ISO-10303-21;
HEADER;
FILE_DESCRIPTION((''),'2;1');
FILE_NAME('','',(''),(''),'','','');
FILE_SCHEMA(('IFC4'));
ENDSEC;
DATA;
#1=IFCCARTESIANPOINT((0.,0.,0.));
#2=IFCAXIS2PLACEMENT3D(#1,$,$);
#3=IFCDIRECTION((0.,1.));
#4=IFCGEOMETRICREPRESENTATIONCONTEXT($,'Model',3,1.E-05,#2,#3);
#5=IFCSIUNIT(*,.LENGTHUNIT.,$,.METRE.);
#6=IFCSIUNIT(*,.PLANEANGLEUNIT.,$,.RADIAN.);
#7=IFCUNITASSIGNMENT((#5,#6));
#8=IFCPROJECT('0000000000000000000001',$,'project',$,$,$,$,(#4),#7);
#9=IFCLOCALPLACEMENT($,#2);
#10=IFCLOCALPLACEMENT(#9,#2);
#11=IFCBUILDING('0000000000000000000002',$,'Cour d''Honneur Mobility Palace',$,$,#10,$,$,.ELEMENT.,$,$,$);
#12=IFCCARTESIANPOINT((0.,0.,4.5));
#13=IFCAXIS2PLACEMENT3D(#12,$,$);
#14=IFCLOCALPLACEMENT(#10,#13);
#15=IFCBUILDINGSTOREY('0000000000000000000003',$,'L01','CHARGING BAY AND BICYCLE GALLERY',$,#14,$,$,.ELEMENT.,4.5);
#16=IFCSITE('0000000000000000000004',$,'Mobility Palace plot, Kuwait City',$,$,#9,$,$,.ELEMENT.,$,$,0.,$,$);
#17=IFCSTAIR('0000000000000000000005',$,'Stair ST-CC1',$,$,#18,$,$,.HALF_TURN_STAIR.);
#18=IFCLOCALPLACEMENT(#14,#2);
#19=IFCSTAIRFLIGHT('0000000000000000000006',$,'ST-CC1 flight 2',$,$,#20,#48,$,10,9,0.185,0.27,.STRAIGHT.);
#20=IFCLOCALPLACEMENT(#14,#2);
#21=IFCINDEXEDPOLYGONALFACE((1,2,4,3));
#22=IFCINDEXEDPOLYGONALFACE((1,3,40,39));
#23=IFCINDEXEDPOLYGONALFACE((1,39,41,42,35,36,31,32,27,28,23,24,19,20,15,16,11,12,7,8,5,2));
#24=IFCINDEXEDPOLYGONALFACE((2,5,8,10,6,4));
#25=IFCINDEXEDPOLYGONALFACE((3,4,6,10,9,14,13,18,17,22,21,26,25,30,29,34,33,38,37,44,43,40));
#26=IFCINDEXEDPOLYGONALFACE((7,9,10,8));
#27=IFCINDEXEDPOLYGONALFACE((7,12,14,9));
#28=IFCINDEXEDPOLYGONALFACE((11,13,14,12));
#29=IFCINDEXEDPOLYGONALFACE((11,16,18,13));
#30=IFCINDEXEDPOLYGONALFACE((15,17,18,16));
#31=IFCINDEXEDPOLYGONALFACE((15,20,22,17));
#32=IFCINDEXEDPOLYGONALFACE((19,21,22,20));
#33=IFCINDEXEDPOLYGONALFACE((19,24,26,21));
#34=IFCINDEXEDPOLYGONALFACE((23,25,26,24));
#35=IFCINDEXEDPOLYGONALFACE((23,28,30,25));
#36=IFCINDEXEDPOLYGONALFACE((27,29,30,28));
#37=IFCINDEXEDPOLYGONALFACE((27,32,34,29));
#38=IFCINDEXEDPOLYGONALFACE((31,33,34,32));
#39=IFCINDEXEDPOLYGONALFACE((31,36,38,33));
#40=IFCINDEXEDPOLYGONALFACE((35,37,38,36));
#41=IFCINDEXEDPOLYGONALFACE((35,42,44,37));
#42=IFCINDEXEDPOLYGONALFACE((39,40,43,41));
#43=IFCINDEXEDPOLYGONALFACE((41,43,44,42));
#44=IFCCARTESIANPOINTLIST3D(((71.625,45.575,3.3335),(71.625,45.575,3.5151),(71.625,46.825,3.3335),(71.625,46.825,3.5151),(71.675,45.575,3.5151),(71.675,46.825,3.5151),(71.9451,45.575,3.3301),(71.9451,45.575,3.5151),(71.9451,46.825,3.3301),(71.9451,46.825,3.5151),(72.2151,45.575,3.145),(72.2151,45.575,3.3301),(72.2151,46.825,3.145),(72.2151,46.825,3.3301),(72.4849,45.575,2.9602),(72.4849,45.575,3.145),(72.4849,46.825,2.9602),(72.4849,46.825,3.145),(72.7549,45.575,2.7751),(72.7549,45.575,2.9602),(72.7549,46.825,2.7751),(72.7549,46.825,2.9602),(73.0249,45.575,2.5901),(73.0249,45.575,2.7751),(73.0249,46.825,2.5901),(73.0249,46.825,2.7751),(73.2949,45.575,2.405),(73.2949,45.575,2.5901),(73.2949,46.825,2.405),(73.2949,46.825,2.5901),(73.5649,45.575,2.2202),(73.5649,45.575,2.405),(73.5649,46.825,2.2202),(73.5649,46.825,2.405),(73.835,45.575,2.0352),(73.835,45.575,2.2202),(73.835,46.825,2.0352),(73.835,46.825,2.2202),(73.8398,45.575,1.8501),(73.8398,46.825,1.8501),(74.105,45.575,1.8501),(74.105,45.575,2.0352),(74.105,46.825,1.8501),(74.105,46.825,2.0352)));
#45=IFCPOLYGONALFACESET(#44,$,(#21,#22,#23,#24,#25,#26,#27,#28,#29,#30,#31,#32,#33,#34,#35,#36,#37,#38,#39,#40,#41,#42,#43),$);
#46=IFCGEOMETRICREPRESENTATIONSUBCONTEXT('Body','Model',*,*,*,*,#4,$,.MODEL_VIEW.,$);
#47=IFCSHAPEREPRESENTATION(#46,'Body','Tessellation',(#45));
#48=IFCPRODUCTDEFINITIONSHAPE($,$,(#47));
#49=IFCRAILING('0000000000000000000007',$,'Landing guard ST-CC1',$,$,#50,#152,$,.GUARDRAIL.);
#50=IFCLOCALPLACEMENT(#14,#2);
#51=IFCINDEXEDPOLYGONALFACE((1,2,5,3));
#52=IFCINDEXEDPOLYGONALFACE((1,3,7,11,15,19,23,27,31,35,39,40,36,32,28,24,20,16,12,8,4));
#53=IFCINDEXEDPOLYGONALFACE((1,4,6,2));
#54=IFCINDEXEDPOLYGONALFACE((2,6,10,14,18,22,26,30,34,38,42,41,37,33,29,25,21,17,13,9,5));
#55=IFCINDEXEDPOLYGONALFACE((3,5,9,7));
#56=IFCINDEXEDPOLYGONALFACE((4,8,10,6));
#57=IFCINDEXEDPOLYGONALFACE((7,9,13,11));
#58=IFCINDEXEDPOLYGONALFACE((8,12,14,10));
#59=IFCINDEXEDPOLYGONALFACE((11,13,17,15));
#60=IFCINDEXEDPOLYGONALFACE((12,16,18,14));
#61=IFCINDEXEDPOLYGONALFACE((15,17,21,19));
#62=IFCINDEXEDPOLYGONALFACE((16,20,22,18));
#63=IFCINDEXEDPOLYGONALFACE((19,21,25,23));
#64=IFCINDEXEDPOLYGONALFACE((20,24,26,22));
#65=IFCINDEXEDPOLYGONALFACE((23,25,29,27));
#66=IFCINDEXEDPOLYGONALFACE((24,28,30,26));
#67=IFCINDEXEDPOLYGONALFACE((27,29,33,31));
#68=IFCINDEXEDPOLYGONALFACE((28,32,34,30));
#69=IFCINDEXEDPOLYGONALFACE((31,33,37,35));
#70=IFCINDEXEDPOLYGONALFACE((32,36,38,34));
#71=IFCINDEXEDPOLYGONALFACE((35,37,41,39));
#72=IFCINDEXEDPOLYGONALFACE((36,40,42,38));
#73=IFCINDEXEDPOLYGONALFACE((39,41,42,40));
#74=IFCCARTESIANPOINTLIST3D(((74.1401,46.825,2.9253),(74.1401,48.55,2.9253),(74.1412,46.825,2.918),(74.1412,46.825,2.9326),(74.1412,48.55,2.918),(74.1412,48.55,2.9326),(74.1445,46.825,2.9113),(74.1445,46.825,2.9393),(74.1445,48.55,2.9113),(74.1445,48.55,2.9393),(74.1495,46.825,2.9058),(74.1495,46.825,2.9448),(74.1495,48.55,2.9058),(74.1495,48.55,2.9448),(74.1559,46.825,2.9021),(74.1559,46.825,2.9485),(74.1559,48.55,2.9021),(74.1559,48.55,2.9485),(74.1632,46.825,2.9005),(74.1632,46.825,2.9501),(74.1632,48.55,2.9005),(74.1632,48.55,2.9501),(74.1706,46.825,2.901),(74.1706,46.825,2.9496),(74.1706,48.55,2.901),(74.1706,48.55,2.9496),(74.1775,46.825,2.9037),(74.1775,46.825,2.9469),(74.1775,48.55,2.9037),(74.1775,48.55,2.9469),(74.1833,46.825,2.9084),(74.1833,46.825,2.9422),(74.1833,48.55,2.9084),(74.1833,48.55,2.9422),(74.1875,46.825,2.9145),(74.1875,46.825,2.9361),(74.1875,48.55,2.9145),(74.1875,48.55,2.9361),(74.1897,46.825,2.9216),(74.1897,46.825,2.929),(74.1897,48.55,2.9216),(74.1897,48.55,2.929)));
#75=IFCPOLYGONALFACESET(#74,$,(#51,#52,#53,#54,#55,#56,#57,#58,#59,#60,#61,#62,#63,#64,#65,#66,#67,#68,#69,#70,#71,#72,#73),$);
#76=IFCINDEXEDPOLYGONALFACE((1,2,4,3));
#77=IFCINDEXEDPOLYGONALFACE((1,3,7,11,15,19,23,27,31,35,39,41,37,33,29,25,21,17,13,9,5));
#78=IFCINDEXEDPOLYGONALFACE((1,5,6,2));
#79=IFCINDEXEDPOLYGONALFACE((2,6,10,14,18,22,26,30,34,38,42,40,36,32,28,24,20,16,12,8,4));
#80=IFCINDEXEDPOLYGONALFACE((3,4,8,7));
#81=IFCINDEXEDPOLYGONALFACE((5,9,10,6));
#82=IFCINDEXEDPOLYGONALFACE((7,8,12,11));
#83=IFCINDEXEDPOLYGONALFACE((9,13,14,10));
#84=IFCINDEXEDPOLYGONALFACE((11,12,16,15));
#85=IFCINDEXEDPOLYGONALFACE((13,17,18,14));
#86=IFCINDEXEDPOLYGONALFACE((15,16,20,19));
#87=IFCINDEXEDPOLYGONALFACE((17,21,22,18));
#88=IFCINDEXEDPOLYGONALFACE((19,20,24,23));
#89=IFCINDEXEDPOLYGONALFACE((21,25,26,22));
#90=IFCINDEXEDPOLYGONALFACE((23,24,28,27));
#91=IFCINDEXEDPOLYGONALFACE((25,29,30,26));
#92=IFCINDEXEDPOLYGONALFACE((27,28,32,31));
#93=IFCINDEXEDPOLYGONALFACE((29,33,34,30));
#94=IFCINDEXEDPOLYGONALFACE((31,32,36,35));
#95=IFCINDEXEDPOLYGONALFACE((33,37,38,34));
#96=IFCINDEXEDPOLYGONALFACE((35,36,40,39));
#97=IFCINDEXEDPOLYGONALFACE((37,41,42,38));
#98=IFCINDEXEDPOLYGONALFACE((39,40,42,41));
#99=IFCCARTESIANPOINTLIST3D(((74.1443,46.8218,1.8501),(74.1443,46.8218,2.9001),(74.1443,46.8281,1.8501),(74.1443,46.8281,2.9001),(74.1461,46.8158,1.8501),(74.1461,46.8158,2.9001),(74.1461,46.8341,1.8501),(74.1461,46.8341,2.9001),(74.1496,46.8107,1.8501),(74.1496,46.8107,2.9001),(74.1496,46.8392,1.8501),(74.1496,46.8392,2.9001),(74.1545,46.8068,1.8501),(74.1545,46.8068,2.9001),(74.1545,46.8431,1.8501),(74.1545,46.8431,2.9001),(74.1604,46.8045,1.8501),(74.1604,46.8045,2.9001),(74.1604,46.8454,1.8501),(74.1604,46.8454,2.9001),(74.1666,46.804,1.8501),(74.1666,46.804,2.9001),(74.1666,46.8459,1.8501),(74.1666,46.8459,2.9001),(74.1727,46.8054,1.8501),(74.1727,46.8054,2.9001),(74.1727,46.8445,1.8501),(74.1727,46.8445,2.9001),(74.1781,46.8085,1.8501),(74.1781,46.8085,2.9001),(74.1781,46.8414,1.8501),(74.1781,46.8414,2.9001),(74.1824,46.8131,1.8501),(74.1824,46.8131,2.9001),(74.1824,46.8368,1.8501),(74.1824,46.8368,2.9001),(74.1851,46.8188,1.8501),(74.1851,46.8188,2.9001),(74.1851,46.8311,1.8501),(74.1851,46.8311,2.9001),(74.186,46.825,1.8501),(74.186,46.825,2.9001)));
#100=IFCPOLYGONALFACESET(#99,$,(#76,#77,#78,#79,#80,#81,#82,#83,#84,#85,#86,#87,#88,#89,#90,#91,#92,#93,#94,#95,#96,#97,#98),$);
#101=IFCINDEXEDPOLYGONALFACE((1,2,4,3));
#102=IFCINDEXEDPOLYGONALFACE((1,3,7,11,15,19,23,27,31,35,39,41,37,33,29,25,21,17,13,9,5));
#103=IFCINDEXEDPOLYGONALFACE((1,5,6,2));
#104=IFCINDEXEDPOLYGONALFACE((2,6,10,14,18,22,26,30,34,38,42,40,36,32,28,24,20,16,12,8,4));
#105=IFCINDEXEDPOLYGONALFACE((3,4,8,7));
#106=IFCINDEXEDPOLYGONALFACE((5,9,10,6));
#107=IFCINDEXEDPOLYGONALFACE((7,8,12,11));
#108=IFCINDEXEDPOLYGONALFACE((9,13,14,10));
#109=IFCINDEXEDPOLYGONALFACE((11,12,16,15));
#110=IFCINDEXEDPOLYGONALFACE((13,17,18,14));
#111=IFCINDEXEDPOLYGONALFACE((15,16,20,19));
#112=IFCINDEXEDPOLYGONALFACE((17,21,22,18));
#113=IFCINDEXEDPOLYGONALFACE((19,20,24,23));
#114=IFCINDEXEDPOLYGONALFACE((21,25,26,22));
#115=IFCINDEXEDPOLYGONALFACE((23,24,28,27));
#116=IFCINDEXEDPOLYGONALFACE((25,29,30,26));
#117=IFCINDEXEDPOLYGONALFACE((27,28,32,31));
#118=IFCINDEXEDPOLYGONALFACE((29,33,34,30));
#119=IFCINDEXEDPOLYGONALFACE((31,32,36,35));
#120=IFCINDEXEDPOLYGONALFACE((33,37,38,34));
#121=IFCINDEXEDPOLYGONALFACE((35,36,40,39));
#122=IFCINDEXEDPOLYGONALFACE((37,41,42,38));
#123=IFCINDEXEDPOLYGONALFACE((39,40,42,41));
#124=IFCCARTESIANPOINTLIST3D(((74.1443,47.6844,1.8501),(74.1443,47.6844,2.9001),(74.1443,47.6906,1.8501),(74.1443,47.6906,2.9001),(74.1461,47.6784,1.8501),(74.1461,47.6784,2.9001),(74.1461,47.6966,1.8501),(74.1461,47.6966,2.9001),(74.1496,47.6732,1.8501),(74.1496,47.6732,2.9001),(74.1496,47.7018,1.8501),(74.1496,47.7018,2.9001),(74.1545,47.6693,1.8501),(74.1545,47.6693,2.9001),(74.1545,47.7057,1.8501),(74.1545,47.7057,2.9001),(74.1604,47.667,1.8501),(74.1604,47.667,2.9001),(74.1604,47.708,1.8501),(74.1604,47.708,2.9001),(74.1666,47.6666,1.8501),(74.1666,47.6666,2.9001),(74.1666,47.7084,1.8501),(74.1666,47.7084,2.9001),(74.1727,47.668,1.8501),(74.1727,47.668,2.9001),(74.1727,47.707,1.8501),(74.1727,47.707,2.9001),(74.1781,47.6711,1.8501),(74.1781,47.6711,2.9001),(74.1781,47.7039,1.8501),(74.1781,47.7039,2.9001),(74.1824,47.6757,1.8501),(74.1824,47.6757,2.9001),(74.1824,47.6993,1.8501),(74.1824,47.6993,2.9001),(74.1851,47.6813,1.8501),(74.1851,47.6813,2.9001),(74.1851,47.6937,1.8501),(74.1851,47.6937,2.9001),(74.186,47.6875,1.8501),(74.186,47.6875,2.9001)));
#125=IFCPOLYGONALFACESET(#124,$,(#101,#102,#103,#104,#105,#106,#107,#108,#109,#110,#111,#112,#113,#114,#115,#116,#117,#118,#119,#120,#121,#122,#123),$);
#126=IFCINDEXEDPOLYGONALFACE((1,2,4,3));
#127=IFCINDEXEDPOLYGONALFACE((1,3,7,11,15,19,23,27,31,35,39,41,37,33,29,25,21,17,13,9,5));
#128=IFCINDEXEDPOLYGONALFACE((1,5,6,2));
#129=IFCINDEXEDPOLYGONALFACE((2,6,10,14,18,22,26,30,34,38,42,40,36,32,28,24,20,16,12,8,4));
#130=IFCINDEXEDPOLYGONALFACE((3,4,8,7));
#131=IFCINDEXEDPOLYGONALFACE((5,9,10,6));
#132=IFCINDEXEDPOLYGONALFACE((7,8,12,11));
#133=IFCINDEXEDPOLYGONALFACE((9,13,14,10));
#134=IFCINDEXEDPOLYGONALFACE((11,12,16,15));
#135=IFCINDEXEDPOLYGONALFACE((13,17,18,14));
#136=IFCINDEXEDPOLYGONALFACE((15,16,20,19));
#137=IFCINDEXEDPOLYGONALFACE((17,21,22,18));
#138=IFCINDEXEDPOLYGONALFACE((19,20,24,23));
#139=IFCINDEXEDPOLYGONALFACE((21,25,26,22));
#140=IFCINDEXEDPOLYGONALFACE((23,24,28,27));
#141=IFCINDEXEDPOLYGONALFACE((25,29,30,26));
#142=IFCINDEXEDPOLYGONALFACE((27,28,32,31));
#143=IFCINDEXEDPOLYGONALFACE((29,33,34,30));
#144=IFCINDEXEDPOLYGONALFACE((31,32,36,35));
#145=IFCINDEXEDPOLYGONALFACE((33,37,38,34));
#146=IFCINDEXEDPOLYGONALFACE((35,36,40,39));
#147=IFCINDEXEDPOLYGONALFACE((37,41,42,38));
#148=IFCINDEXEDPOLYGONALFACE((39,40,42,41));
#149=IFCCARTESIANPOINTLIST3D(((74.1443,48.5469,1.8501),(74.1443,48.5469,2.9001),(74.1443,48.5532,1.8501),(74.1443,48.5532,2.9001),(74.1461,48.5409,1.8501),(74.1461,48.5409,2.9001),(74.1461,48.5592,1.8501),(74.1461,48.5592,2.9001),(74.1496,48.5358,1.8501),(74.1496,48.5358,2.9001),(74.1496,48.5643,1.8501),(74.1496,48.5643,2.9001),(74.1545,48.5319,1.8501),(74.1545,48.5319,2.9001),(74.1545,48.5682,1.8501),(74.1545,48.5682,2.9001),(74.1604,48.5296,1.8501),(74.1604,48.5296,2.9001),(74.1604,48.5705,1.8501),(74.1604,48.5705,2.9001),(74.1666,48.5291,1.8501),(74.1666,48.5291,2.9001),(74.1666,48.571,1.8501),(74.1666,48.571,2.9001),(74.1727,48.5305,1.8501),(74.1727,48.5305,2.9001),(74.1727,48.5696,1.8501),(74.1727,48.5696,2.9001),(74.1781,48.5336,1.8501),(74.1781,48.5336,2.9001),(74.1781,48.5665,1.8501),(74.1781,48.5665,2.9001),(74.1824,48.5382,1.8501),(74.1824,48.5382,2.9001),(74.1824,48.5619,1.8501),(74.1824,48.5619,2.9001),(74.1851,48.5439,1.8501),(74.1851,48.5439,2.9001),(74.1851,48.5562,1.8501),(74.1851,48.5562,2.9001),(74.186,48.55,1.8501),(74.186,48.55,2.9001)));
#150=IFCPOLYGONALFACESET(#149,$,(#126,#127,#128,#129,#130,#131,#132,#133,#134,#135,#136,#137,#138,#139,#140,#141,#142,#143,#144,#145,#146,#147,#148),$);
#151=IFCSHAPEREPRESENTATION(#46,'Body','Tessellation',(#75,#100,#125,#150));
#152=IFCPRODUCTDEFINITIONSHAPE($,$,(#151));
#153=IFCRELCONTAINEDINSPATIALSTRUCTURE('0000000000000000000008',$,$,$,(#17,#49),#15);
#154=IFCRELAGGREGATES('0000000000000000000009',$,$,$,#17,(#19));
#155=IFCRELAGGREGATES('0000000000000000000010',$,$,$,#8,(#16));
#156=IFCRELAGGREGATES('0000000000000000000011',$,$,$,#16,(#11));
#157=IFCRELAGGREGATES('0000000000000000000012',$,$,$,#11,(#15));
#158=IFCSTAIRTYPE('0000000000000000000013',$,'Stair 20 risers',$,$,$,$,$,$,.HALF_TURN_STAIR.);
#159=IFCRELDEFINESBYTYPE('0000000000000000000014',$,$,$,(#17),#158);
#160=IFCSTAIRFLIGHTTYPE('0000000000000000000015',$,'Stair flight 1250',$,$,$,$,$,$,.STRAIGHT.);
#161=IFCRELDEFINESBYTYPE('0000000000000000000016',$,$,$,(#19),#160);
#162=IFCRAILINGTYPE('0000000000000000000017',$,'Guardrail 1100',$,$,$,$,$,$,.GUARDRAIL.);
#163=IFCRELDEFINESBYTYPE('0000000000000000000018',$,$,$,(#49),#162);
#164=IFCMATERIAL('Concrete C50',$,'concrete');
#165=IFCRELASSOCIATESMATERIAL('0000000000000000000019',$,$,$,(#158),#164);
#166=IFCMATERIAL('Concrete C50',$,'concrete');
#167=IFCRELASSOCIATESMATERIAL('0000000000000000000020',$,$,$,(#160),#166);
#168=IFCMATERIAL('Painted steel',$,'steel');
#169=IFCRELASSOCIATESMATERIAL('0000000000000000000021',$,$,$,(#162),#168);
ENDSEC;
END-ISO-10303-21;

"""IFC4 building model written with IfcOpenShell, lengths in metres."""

from ifc_helpers import new_model, si_unit, direction, frame, origin, origin_2d, place, context, subcontext, project, spatial, polyline, circle, outline, extrude, material, type_object, element, aggregate, save


model = new_model("IFC4")

# Units and contexts
model_context = context("Model", 3, precision=1e-05, world=origin(), true_north=direction((0.0, 1.0)))
body_context = subcontext(model_context, "Body", "Model", "MODEL_VIEW")
ifc_project = project(units=[si_unit("LENGTHUNIT", "METRE"), si_unit("PLANEANGLEUNIT", "RADIAN")], contexts=[model_context])

# Site, building, storey
site_placement = place(None, origin())
site = spatial("IfcSite", under=ifc_project, at=site_placement, Name="Mobility Palace plot, Kuwait City", CompositionType="ELEMENT", RefElevation=0.0)
building_placement = place(site_placement, origin())
building = spatial("IfcBuilding", under=site, at=building_placement, Name="Cour d'Honneur Mobility Palace", CompositionType="ELEMENT")
storey_placement = place(building_placement, frame((0.0, 0.0, 4.5)))
storey = spatial("IfcBuildingStorey", under=building, at=storey_placement, Name="L01", Description="CHARGING BAY AND BICYCLE GALLERY", CompositionType="ELEMENT", Elevation=4.5)

# Stair, stair flight
ifc_material_1 = material(Name="Concrete C50", Category="concrete")
stair_type = type_object("IfcStairType", Name="Stair 20 risers", PredefinedType="HALF_TURN_STAIR", material=ifc_material_1)
stair_placement = place(storey_placement, origin())
stair = element("IfcStair", 1, at=stair_placement, inside=storey, type_object=stair_type, Name="Stair ST-CC1", PredefinedType="HALF_TURN_STAIR")
ifc_material_2 = material(Name="Concrete C50", Category="concrete")
stair_flight_type = type_object("IfcStairFlightType", Name="Stair flight 1250", PredefinedType="STRAIGHT", material=ifc_material_2)
stair_flight_1_placement = place(storey_placement, frame((74.105, 46.2, 1.8501), z_axis=(0.0, 0.0, 1.0), x_axis=(-1.0, 0.0, 0.0)))
stair_flight_1 = element("IfcStairFlight", 2, at=stair_flight_1_placement, type_object=stair_flight_type, Name="ST-CC1 flight 2", NumberOfRisers=10, NumberOfTreads=9, PredefinedType="STRAIGHT", RiserHeight=0.185, TreadLength=0.27, context=body_context, shape_type="SweptSolid", body=[
    extrude(outline(polyline([(0.0, 0.0), (0.0, 0.1851), (0.27, 0.1851), (0.27, 0.3701), (0.54, 0.3701), (0.54, 0.5549), (0.8101, 0.5549), (0.8101, 0.74), (1.0801, 0.74), (1.0801, 0.925), (1.3501, 0.925), (1.3501, 1.1101), (1.6201, 1.1101), (1.6201, 1.2949), (1.8899, 1.2949), (1.8899, 1.48), (2.1599, 1.48), (2.1599, 1.665), (2.4299, 1.665), (2.48, 1.665), (2.48, 1.4834), (0.2651, 0.0), (0.0, 0.0)])), frame((0.0, 0.625, 0.0), z_axis=(0.0, -1.0, 0.0), x_axis=(1.0, 0.0, 0.0)), (0.0, 0.0, 1.0), 1.25),
])
aggregate(stair, [stair_flight_1])

# Railing
ifc_material_3 = material(Name="Painted steel", Category="steel")
railing_type_1 = type_object("IfcRailingType", Name="Guardrail 1100", PredefinedType="GUARDRAIL", material=ifc_material_3)
railing_1_placement = place(storey_placement, frame((74.165, 46.825, 1.8501)))
element("IfcRailing", 3, at=railing_1_placement, inside=storey, type_object=railing_type_1, Name="Landing guard ST-CC1", PredefinedType="GUARDRAIL", context=body_context, shape_type="SweptSolid", body=[
    extrude(circle(Radius=0.0249, at=origin_2d()), frame((0.0, 0.0, 1.0752), z_axis=(0.0, 1.0, 0.0), x_axis=(-1.0, 0.0, 0.0)), (0.0, 0.0, 1.0), 1.7251),
    extrude(circle(Radius=0.021, at=origin_2d()), origin(), (0.0, 0.0, 1.0), 1.05),
    extrude(circle(Radius=0.021, at=origin_2d()), frame((0.0, 0.8625, 0.0)), (0.0, 0.0, 1.0), 1.05),
    extrude(circle(Radius=0.021, at=origin_2d()), frame((0.0, 1.7251, 0.0)), (0.0, 0.0, 1.0), 1.05),
])

save(model, "model.ifc")
